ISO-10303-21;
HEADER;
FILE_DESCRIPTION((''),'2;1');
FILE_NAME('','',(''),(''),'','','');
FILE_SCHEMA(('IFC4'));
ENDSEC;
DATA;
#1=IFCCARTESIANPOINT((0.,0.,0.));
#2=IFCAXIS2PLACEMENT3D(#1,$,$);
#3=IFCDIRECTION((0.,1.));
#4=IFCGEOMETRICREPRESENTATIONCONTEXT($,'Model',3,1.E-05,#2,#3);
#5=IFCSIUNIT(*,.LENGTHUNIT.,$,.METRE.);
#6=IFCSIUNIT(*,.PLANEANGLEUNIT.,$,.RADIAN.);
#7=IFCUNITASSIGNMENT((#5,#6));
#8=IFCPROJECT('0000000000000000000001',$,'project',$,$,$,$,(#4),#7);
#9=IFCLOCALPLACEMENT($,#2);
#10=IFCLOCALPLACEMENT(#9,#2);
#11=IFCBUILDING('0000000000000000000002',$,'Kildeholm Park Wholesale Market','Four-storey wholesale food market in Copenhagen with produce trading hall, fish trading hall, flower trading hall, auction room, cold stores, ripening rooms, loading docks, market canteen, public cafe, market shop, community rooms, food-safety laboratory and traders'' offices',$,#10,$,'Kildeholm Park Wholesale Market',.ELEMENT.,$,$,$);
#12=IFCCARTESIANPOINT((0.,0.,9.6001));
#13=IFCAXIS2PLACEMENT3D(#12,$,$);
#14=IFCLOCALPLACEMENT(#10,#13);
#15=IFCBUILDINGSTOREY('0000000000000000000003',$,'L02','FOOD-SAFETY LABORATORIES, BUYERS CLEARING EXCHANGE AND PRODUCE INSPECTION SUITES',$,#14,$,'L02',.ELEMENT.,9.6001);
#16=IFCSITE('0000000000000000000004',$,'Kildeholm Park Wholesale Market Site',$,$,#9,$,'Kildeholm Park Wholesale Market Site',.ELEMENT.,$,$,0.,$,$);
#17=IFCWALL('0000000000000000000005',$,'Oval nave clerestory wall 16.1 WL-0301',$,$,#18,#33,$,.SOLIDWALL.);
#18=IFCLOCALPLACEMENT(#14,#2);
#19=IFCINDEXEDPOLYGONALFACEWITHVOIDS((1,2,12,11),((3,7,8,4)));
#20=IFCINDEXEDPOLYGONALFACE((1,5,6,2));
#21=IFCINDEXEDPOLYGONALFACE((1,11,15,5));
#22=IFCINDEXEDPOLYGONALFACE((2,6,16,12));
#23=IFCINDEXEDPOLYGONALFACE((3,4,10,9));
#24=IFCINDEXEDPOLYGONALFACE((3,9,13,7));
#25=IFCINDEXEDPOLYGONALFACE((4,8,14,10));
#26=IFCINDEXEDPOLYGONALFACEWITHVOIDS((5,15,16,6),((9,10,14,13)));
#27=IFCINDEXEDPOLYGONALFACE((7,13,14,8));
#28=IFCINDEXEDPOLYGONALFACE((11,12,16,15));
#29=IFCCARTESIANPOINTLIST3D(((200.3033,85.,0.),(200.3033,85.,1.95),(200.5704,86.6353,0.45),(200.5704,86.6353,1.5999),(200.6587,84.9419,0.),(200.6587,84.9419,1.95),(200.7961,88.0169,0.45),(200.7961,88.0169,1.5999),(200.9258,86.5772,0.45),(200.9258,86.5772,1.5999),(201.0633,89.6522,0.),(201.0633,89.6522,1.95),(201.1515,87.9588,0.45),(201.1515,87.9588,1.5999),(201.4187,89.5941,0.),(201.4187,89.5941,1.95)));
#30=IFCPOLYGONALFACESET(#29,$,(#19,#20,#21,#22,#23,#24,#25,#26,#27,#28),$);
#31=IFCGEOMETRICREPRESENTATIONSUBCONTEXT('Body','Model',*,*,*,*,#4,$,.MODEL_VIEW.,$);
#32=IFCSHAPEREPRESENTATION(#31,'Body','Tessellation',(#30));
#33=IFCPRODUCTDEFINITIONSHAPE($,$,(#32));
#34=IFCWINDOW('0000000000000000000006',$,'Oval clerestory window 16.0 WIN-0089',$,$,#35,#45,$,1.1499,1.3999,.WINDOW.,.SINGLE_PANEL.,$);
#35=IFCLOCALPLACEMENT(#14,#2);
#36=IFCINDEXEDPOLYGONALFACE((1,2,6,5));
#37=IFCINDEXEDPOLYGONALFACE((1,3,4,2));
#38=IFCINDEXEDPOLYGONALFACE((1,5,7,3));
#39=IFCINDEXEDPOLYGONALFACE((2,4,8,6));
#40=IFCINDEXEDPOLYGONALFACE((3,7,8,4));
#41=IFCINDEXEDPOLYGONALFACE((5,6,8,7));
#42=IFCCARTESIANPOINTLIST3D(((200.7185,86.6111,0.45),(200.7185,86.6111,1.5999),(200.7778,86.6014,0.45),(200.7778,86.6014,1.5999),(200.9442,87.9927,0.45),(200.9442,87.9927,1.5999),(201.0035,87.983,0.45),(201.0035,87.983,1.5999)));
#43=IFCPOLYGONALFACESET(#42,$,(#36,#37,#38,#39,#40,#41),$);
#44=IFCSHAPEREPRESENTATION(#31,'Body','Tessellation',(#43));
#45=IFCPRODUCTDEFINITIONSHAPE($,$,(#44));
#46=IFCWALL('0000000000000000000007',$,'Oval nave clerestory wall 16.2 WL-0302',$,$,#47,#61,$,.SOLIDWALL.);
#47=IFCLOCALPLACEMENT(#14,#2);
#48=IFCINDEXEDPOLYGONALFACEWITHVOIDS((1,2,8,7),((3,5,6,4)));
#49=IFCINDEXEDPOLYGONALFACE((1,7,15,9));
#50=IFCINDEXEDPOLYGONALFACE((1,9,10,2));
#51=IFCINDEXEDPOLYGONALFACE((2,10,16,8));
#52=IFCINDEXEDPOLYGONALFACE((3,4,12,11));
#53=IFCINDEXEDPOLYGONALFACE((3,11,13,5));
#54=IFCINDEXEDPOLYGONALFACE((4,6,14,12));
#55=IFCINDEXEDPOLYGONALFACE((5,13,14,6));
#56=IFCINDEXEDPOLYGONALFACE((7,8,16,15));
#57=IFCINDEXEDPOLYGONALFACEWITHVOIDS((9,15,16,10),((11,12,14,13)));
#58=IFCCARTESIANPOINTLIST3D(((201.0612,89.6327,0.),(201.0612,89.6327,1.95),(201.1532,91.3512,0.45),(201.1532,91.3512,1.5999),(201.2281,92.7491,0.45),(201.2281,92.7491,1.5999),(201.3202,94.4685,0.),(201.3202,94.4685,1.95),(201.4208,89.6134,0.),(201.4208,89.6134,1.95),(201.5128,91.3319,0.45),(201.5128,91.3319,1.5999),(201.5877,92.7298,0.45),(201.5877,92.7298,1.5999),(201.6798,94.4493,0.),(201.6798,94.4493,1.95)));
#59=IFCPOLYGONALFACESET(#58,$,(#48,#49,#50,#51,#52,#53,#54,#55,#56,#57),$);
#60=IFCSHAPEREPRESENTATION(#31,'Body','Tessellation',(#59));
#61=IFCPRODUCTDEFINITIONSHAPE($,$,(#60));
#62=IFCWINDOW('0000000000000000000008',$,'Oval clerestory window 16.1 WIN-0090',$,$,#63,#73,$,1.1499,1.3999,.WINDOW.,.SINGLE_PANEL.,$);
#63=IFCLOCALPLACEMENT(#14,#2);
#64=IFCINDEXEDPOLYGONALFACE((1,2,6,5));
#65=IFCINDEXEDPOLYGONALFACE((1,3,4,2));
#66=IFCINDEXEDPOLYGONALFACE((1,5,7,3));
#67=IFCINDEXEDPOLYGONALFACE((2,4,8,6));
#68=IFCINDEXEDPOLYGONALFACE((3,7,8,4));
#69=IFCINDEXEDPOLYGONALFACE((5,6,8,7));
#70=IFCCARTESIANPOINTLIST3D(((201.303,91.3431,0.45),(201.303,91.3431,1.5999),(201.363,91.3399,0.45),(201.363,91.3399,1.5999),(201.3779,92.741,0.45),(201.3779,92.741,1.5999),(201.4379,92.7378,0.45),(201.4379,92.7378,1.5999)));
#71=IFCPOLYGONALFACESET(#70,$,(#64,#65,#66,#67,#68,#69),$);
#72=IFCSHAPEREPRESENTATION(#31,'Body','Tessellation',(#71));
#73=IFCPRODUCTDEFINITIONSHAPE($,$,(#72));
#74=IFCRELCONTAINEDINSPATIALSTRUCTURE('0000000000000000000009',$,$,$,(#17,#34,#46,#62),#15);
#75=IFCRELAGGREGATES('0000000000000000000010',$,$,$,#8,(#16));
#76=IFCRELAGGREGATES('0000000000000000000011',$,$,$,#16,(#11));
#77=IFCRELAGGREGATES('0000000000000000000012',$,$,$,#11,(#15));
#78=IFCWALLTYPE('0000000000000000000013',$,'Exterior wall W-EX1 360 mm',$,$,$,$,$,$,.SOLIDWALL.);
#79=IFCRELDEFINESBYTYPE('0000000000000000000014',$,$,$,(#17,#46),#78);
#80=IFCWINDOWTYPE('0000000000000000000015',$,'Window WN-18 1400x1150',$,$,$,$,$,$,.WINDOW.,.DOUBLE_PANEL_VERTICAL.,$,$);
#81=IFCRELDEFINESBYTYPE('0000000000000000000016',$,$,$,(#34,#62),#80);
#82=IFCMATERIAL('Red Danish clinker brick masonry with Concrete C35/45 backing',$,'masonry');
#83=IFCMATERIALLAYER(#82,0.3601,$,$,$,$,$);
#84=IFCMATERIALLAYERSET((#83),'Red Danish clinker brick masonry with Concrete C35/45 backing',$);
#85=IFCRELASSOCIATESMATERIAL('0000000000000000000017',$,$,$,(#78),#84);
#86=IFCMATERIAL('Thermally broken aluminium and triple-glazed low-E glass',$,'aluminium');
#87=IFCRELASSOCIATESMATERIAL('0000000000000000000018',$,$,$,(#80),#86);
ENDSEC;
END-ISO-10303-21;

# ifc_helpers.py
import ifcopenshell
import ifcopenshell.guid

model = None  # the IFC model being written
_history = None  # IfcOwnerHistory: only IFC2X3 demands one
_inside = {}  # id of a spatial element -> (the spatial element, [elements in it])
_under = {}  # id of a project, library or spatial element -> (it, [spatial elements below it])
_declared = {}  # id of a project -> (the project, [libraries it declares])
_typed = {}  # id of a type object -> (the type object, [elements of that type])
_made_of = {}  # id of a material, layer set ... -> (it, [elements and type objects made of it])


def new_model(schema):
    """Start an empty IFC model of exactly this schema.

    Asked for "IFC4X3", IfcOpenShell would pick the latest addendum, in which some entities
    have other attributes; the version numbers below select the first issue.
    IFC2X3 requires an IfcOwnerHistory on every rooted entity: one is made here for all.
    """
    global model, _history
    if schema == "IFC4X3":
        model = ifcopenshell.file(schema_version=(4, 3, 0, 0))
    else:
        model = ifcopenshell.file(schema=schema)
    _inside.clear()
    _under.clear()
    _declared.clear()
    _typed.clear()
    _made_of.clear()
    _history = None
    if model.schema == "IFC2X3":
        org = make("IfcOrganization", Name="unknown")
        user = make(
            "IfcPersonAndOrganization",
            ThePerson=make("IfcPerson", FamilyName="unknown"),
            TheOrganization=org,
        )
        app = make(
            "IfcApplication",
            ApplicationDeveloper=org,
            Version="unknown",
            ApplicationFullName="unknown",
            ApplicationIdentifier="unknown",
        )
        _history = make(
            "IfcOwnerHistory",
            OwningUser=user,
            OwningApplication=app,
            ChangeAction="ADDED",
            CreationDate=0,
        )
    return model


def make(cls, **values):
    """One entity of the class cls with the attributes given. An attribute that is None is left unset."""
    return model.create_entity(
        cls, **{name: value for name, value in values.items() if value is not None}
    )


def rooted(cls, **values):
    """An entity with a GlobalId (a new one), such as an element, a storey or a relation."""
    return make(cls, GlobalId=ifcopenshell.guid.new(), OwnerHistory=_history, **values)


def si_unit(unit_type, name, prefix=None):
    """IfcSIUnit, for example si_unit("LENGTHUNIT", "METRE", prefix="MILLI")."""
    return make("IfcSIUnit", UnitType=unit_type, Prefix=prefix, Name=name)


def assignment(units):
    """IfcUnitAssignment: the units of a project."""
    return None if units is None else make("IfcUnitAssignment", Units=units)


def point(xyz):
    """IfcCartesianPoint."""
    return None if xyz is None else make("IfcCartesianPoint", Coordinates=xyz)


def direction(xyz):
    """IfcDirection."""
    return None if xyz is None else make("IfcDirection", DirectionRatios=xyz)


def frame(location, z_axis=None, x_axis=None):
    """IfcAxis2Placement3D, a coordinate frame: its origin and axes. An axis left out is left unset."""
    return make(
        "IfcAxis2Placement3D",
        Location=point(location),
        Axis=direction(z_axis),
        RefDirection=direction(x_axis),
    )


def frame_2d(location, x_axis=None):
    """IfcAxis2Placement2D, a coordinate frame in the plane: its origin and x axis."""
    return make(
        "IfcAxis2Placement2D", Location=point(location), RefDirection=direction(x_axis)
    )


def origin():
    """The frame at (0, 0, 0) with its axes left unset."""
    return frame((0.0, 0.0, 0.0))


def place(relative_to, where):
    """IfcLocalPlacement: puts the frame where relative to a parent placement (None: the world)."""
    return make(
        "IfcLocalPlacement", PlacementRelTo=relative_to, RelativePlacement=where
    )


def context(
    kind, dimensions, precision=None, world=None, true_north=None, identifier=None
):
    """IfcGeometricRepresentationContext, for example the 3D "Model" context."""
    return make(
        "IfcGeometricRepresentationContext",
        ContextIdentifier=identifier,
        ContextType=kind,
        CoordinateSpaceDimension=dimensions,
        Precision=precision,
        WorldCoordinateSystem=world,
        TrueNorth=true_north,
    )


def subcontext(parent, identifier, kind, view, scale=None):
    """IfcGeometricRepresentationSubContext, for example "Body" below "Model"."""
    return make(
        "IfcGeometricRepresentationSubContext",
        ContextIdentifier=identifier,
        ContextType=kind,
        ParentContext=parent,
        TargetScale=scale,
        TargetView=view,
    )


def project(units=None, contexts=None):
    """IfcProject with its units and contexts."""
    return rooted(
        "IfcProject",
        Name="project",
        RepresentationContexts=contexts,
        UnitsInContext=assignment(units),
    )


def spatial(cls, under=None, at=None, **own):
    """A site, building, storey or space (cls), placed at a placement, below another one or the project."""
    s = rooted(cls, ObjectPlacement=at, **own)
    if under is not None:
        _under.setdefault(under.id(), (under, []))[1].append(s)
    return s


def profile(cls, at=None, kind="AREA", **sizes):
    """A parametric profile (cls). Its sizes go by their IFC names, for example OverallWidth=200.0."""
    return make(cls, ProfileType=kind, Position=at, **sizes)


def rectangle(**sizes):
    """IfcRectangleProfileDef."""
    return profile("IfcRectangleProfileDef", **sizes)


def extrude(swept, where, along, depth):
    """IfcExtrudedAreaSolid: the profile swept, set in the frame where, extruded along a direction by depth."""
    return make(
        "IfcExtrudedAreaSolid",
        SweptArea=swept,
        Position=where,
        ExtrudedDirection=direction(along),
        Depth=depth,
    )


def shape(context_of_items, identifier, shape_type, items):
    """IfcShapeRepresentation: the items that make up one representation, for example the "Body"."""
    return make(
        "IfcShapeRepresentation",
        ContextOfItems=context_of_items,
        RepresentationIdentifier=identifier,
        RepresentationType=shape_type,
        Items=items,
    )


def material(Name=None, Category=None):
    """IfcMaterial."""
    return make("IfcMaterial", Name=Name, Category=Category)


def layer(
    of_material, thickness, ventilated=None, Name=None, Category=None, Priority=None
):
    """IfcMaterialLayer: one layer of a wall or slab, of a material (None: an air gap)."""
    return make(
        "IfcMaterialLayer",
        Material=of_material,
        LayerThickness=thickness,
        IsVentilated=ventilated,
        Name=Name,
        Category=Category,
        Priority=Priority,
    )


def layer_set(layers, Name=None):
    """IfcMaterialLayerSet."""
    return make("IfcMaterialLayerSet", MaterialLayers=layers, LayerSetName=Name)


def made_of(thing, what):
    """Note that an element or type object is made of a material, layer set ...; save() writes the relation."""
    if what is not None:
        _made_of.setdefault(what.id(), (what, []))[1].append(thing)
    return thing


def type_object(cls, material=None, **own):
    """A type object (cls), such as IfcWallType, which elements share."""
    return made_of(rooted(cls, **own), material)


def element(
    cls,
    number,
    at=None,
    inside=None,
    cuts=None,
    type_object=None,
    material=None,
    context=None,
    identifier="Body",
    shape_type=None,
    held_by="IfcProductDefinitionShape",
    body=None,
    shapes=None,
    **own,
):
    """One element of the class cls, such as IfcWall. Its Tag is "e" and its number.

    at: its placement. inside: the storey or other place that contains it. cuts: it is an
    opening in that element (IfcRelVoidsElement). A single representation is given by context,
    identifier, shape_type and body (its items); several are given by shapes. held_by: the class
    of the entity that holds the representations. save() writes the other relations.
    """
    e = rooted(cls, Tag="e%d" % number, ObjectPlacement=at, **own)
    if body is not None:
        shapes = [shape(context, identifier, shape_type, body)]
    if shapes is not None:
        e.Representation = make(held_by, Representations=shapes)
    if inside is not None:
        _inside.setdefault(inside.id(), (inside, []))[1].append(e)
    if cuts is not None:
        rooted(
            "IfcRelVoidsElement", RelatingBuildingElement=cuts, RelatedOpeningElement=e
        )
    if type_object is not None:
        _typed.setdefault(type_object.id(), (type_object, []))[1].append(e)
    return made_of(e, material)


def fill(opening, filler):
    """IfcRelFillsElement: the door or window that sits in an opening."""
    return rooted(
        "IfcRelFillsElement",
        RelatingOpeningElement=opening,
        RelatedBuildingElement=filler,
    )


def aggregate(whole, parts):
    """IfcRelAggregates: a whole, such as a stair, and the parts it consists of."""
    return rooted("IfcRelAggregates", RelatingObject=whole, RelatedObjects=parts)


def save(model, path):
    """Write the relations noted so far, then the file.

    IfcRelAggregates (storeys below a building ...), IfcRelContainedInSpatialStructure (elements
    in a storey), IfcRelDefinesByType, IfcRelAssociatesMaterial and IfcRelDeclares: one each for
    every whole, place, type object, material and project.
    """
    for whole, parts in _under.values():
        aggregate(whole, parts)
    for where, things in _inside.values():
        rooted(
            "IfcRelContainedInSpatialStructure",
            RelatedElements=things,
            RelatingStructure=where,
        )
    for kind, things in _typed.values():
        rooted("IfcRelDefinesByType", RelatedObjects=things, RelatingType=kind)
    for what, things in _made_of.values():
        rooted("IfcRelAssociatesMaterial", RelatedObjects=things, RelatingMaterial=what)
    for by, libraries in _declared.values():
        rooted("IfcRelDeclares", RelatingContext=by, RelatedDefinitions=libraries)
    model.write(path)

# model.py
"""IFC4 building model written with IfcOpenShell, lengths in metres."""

from ifc_helpers import new_model, si_unit, direction, frame, frame_2d, origin, place, context, subcontext, project, spatial, rectangle, extrude, material, layer, layer_set, type_object, element, fill, save


model = new_model("IFC4")

# Units and contexts
model_context = context("Model", 3, precision=1e-05, world=origin(), true_north=direction((0.0, 1.0)))
body_context = subcontext(model_context, "Body", "Model", "MODEL_VIEW")
ifc_project = project(units=[si_unit("LENGTHUNIT", "METRE"), si_unit("PLANEANGLEUNIT", "RADIAN")], contexts=[model_context])

# Site, building, storey
site_placement = place(None, origin())
site = spatial("IfcSite", under=ifc_project, at=site_placement, Name="Kildeholm Park Wholesale Market Site", LongName="Kildeholm Park Wholesale Market Site", CompositionType="ELEMENT", RefElevation=0.0)
building_placement = place(site_placement, origin())
building = spatial("IfcBuilding", under=site, at=building_placement, Name="Kildeholm Park Wholesale Market", Description="Four-storey wholesale food market in Copenhagen with produce trading hall, fish trading hall, flower trading hall, auction room, cold stores, ripening rooms, loading docks, market canteen, public cafe, market shop, community rooms, food-safety laboratory and traders' offices", LongName="Kildeholm Park Wholesale Market", CompositionType="ELEMENT")
storey_placement = place(building_placement, frame((0.0, 0.0, 9.6001)))
storey = spatial("IfcBuildingStorey", under=building, at=storey_placement, Name="L02", Description="FOOD-SAFETY LABORATORIES, BUYERS CLEARING EXCHANGE AND PRODUCE INSPECTION SUITES", LongName="L02", CompositionType="ELEMENT", Elevation=9.6001)

# Walls, openings, windows
ifc_material_1 = material(Name="Red Danish clinker brick masonry with Concrete C35/45 backing", Category="masonry")
ifc_layer = layer(ifc_material_1, 0.3601)
ifc_layer_set = layer_set([ifc_layer], Name="Red Danish clinker brick masonry with Concrete C35/45 backing")
wall_type = type_object("IfcWallType", Name="Exterior wall W-EX1 360 mm", PredefinedType="SOLIDWALL", material=ifc_layer_set)
ifc_material_2 = material(Name="Thermally broken aluminium and triple-glazed low-E glass", Category="aluminium")
window_type = type_object("IfcWindowType", Name="Window WN-18 1400x1150", PartitioningType="DOUBLE_PANEL_VERTICAL", PredefinedType="WINDOW", material=ifc_material_2)
wall_1_placement = place(storey_placement, frame((200.481, 84.9709, 0.0), z_axis=(0.0, 0.0, 1.0), x_axis=(0.161232, 0.986917, 0.0)))
wall_1 = element("IfcWall", 1, at=wall_1_placement, inside=storey, type_object=wall_type, Name="Oval nave clerestory wall 16.1 WL-0301", PredefinedType="SOLIDWALL", context=body_context, shape_type="SweptSolid", body=[
    extrude(rectangle(XDim=4.7139, YDim=0.3601, at=frame_2d((2.3569, 0.0))), origin(), (0.0, 0.0, 1.0), 1.95),
])
opening_1_placement = place(wall_1_placement, frame((1.657, 0.0, 0.45)))
opening_1 = element("IfcOpeningElement", 2, at=opening_1_placement, cuts=wall_1, PredefinedType="OPENING", context=body_context, shape_type="SweptSolid", body=[
    extrude(rectangle(XDim=1.3999, YDim=1.1499, at=frame_2d((0.7, 0.575))), frame((0.0, 0.1899, 0.0), z_axis=(0.0, -1.0, 0.0), x_axis=(1.0, 0.0, 0.0)), (0.0, 0.0, 1.0), 0.3801),
])
window_1_placement = place(opening_1_placement, origin())
window_1 = element("IfcWindow", 3, at=window_1_placement, inside=storey, type_object=window_type, Name="Oval clerestory window 16.0 WIN-0089", OverallHeight=1.1499, OverallWidth=1.3999, PartitioningType="SINGLE_PANEL", PredefinedType="WINDOW", context=body_context, shape_type="SweptSolid", body=[
    extrude(rectangle(XDim=1.3999, YDim=1.1499, at=frame_2d((0.7, 0.575))), frame((0.0, 0.03, 0.0), z_axis=(0.0, -1.0, 0.0), x_axis=(1.0, 0.0, 0.0)), (0.0, 0.0, 1.0), 0.0601),
])
fill(opening_1, window_1)
wall_2_placement = place(storey_placement, frame((201.241, 89.623, 0.0), z_axis=(0.0, 0.0, 1.0), x_axis=(0.053488, 0.998569, 0.0)))
wall_2 = element("IfcWall", 4, at=wall_2_placement, inside=storey, type_object=wall_type, Name="Oval nave clerestory wall 16.2 WL-0302", PredefinedType="SOLIDWALL", context=body_context, shape_type="SweptSolid", body=[
    extrude(rectangle(XDim=4.8428, YDim=0.3601, at=frame_2d((2.4214, 0.0))), origin(), (0.0, 0.0, 1.0), 1.95),
])
opening_2_placement = place(wall_2_placement, frame((1.7209, 0.0, 0.45)))
opening_2 = element("IfcOpeningElement", 5, at=opening_2_placement, cuts=wall_2, PredefinedType="OPENING", context=body_context, shape_type="SweptSolid", body=[
    extrude(rectangle(XDim=1.3999, YDim=1.1499, at=frame_2d((0.7, 0.575))), frame((0.0, 0.1899, 0.0), z_axis=(0.0, -1.0, 0.0), x_axis=(1.0, 0.0, 0.0)), (0.0, 0.0, 1.0), 0.3801),
])
window_2_placement = place(opening_2_placement, origin())
window_2 = element("IfcWindow", 6, at=window_2_placement, inside=storey, type_object=window_type, Name="Oval clerestory window 16.1 WIN-0090", OverallHeight=1.1499, OverallWidth=1.3999, PartitioningType="SINGLE_PANEL", PredefinedType="WINDOW", context=body_context, shape_type="SweptSolid", body=[
    extrude(rectangle(XDim=1.3999, YDim=1.1499, at=frame_2d((0.7, 0.575))), frame((0.0, 0.03, 0.0), z_axis=(0.0, -1.0, 0.0), x_axis=(1.0, 0.0, 0.0)), (0.0, 0.0, 1.0), 0.0601),
])
fill(opening_2, window_2)

save(model, "model.ifc")
